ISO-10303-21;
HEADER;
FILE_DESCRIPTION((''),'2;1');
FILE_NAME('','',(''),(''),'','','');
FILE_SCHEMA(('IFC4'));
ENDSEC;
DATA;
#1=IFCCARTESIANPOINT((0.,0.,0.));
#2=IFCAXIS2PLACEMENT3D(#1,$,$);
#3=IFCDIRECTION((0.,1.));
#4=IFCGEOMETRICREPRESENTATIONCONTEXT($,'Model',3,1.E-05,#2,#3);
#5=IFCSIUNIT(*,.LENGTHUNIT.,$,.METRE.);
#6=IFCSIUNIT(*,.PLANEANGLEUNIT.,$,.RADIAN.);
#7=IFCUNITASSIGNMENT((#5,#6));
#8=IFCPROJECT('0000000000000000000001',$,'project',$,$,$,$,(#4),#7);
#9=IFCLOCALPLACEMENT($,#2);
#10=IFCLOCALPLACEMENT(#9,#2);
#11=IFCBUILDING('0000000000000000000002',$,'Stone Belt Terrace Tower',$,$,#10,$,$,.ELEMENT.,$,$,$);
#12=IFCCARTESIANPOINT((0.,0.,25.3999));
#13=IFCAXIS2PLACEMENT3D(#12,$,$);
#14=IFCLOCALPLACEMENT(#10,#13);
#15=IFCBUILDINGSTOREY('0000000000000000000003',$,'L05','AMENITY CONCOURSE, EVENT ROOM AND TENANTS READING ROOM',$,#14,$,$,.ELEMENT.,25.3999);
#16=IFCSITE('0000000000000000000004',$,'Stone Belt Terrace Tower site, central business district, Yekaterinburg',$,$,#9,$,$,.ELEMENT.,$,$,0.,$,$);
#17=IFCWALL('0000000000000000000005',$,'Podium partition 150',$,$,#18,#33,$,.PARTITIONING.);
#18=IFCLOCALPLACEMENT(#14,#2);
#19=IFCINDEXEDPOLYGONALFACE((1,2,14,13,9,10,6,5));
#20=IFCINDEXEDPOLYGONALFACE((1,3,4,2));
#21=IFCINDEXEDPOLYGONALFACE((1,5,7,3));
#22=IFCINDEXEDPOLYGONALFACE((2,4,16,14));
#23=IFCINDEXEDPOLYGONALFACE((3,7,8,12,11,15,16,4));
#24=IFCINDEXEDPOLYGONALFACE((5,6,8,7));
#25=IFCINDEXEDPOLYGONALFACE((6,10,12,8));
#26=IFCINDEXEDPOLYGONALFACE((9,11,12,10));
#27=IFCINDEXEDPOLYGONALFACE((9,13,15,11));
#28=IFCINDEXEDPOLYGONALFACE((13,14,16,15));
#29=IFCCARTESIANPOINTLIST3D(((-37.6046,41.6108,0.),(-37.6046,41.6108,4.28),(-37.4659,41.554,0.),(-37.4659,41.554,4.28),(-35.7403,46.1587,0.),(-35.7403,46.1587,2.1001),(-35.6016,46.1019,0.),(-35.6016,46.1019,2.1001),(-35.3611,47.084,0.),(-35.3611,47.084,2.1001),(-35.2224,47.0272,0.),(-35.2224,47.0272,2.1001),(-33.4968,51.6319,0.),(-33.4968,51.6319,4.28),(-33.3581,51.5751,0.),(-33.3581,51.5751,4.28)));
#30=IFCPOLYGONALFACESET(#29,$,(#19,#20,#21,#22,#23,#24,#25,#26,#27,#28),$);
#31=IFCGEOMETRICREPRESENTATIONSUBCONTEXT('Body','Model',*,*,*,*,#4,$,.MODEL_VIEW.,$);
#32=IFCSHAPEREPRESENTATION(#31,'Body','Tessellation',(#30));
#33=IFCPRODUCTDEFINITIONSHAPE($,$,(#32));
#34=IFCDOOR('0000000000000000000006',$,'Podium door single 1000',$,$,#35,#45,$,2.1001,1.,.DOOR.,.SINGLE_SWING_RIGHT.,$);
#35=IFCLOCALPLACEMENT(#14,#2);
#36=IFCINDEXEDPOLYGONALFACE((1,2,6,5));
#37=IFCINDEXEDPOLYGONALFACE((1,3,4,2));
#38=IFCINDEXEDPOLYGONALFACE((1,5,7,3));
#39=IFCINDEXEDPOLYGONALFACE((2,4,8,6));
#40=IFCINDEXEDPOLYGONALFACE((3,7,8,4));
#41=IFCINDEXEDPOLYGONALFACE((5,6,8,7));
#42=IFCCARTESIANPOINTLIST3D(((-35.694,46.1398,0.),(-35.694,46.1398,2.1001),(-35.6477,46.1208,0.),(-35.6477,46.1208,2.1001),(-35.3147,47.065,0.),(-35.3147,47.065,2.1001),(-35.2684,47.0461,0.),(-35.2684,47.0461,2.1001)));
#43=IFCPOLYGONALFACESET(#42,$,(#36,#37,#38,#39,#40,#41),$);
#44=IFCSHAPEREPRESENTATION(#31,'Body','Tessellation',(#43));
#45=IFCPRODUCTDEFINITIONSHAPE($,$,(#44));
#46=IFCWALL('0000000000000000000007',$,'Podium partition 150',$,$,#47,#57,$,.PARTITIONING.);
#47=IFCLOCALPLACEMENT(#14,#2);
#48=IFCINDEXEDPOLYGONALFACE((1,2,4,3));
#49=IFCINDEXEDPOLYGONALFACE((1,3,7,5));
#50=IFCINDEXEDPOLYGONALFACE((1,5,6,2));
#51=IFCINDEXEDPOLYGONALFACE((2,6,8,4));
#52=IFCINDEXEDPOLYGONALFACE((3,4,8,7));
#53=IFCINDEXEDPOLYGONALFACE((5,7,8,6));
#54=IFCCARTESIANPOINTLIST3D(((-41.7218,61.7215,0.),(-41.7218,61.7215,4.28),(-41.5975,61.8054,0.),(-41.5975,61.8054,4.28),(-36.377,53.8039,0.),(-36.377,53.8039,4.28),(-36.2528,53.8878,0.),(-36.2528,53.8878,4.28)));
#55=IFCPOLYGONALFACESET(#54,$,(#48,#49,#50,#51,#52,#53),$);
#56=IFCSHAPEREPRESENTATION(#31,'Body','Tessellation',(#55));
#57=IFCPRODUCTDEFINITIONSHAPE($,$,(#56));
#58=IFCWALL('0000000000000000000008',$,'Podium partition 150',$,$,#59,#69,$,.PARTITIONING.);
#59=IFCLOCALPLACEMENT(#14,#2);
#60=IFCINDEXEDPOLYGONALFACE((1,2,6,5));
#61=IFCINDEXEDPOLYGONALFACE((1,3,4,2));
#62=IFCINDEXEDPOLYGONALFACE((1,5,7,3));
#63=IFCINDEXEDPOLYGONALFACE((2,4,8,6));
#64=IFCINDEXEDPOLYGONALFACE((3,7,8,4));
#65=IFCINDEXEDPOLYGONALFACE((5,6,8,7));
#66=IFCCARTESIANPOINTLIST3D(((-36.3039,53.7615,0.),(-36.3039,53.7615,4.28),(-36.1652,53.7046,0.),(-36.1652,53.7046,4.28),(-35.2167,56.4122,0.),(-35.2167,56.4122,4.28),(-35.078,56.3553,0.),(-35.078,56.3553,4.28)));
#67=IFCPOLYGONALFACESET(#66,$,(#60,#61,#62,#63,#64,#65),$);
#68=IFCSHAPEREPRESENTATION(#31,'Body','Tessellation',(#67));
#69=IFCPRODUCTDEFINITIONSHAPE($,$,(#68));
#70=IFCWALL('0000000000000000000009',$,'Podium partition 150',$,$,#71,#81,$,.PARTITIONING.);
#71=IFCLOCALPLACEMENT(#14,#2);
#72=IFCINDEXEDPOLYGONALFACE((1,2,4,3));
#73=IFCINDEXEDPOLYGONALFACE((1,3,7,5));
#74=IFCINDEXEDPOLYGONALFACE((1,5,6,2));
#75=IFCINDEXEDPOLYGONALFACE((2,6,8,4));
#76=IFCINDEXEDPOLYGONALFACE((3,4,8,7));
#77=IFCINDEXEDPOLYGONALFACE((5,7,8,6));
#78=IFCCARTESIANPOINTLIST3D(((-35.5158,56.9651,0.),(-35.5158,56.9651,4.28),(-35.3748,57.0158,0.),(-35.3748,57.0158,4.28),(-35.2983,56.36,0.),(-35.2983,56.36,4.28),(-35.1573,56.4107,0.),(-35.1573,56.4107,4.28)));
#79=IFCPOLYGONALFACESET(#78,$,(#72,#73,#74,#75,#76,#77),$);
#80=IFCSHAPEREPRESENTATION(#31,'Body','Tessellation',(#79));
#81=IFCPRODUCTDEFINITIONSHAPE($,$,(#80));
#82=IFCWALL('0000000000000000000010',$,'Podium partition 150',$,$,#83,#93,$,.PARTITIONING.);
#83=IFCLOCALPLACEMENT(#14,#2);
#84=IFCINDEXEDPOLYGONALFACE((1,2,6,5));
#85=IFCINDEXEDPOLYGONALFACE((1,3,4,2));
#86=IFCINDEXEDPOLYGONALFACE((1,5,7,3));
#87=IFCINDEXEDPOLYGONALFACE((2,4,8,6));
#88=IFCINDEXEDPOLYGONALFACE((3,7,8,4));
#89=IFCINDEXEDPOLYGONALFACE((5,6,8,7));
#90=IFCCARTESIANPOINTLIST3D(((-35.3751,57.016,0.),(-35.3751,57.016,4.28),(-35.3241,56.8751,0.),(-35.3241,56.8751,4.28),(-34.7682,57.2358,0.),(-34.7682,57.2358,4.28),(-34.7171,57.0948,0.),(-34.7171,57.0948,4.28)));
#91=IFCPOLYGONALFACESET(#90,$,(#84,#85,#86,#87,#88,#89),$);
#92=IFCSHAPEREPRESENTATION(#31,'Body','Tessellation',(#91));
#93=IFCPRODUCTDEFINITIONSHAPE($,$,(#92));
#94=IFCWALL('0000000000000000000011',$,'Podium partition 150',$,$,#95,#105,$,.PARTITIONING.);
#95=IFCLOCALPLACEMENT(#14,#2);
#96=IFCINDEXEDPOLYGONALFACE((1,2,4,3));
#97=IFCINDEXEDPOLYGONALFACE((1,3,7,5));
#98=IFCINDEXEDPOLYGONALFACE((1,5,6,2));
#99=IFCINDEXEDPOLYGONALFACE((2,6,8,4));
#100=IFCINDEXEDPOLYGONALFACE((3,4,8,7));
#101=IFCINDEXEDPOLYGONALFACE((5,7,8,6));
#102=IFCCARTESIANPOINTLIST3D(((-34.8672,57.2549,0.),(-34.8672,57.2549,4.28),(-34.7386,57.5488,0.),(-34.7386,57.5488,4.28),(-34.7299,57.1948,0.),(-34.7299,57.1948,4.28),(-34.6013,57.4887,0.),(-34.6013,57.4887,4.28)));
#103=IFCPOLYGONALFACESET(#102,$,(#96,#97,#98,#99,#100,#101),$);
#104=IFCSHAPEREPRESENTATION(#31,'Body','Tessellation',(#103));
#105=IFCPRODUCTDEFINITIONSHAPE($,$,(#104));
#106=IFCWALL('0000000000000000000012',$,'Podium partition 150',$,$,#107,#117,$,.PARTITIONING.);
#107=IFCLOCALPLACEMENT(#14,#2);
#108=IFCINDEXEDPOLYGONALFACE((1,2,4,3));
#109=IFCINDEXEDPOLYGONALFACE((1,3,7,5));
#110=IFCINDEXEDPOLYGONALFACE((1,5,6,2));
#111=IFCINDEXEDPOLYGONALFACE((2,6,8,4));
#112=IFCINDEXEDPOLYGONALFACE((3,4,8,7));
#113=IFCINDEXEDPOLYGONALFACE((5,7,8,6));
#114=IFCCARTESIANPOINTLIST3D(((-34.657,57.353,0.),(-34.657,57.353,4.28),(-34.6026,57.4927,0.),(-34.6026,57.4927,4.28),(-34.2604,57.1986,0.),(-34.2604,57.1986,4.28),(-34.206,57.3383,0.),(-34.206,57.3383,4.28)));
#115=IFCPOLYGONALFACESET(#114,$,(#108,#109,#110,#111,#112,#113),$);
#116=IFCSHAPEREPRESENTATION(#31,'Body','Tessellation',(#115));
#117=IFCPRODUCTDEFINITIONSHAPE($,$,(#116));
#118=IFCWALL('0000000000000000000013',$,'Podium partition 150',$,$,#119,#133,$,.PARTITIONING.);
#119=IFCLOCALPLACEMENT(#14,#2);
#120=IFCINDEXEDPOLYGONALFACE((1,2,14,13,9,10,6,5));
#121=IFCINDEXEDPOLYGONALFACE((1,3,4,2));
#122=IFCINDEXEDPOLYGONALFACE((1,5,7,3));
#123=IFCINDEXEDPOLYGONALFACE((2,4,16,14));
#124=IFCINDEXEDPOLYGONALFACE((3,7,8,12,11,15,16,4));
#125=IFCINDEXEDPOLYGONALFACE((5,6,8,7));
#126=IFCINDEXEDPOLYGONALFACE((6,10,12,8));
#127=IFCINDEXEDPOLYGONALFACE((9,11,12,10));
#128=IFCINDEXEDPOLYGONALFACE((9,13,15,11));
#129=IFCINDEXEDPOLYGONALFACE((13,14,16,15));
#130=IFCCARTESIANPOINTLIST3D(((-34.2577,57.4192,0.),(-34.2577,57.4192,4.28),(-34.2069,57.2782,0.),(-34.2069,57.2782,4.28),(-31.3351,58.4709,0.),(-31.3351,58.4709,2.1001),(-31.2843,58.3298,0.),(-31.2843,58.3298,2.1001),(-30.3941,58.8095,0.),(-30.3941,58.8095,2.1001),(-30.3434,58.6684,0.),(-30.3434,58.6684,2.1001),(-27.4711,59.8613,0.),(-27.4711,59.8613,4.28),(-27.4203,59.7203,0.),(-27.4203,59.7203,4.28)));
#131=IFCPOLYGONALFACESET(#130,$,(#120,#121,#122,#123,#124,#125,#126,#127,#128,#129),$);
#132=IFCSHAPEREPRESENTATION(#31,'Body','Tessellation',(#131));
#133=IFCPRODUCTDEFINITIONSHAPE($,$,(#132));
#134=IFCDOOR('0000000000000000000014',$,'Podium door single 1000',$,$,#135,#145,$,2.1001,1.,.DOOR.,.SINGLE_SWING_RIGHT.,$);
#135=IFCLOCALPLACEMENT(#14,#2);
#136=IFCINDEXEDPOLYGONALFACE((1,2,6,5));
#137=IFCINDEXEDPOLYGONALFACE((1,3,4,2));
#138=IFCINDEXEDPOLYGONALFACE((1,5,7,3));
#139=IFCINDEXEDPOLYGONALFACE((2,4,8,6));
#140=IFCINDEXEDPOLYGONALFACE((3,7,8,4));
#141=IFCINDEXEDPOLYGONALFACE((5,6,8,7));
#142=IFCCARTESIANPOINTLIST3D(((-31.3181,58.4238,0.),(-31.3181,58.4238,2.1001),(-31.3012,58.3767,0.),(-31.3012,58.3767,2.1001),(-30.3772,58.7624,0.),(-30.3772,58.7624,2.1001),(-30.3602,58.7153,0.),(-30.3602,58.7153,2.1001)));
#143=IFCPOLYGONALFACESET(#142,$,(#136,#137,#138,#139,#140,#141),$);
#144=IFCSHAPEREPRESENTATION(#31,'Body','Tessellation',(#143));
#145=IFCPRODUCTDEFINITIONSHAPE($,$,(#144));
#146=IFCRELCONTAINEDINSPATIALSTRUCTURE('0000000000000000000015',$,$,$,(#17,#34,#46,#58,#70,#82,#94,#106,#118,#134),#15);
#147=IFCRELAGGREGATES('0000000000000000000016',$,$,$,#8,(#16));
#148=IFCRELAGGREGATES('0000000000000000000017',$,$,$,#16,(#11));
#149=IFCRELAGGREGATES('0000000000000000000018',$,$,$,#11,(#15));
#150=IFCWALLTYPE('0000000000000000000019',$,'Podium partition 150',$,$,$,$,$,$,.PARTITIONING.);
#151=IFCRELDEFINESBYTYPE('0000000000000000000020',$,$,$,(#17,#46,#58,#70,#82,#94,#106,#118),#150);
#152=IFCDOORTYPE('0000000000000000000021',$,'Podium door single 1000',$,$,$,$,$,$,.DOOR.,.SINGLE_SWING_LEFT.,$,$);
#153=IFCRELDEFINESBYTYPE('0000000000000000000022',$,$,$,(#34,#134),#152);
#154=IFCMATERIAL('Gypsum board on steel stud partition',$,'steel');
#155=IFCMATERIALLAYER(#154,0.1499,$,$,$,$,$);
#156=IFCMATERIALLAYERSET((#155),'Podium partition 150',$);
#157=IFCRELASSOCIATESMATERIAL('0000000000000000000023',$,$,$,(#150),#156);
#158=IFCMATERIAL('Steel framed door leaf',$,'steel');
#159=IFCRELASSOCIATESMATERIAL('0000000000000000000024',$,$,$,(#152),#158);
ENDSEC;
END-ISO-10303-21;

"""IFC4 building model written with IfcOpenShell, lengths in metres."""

from ifc_helpers import new_model, si_unit, direction, frame, frame_2d, origin, place, context, subcontext, project, spatial, rectangle, extrude, material, layer, layer_set, type_object, element, fill, save


model = new_model("IFC4")

# Units and contexts
model_context = context("Model", 3, precision=1e-05, world=origin(), true_north=direction((0.0, 1.0)))
body_context = subcontext(model_context, "Body", "Model", "MODEL_VIEW")
ifc_project = project(units=[si_unit("LENGTHUNIT", "METRE"), si_unit("PLANEANGLEUNIT", "RADIAN")], contexts=[model_context])

# Site, building, storey
site_placement = place(None, origin())
site = spatial("IfcSite", under=ifc_project, at=site_placement, Name="Stone Belt Terrace Tower site, central business district, Yekaterinburg", CompositionType="ELEMENT", RefElevation=0.0)
building_placement = place(site_placement, origin())
building = spatial("IfcBuilding", under=site, at=building_placement, Name="Stone Belt Terrace Tower", CompositionType="ELEMENT")
storey_placement = place(building_placement, frame((0.0, 0.0, 25.3999)))
storey = spatial("IfcBuildingStorey", under=building, at=storey_placement, Name="L05", Description="AMENITY CONCOURSE, EVENT ROOM AND TENANTS READING ROOM", CompositionType="ELEMENT", Elevation=25.3999)

# Wall, opening, door
ifc_material_1 = material(Name="Gypsum board on steel stud partition", Category="steel")
ifc_layer_1 = layer(ifc_material_1, 0.1499)
ifc_layer_set_1 = layer_set([ifc_layer_1], Name="Podium partition 150")
wall_type = type_object("IfcWallType", Name="Podium partition 150", PredefinedType="PARTITIONING", material=ifc_layer_set_1)
wall_1_placement = place(storey_placement, frame((-37.5352, 41.5825, 0.0), z_axis=(0.0, 0.0, 1.0), x_axis=(0.379279, 0.925282, 0.0)))
wall_1 = element("IfcWall", 1, at=wall_1_placement, inside=storey, type_object=wall_type, Name="Podium partition 150", PredefinedType="PARTITIONING", context=body_context, shape_type="SweptSolid", body=[
    extrude(rectangle(XDim=10.8303, YDim=0.1499, at=frame_2d((5.415, 0.0))), origin(), (0.0, 0.0, 1.0), 4.28),
])
opening_1_placement = place(wall_1_placement, frame((4.915, 0.0, 0.0)))
opening_1 = element("IfcOpeningElement", 2, at=opening_1_placement, cuts=wall_1, PredefinedType="OPENING", context=body_context, shape_type="SweptSolid", body=[
    extrude(rectangle(XDim=1.0, YDim=2.1001, at=frame_2d((0.5, 1.05))), frame((0.0, 0.085, 0.0), z_axis=(0.0, -1.0, 0.0), x_axis=(1.0, 0.0, 0.0)), (0.0, 0.0, 1.0), 0.1699),
])
ifc_material_2 = material(Name="Steel framed door leaf", Category="steel")
door_type = type_object("IfcDoorType", Name="Podium door single 1000", OperationType="SINGLE_SWING_LEFT", PredefinedType="DOOR", material=ifc_material_2)
door_1_placement = place(opening_1_placement, origin())
door_1 = element("IfcDoor", 3, at=door_1_placement, inside=storey, type_object=door_type, Name="Podium door single 1000", OperationType="SINGLE_SWING_RIGHT", OverallHeight=2.1001, OverallWidth=1.0, PredefinedType="DOOR", context=body_context, shape_type="SweptSolid", body=[
    extrude(rectangle(XDim=1.0, YDim=2.1001, at=frame_2d((0.5, 1.05))), frame((0.0, 0.0249, 0.0), z_axis=(0.0, -1.0, 0.0), x_axis=(1.0, 0.0, 0.0)), (0.0, 0.0, 1.0), 0.05),
])
fill(opening_1, door_1)

# Walls
wall_2_placement = place(storey_placement, frame((-41.6597, 61.7634, 0.0), z_axis=(0.0, 0.0, 1.0), x_axis=(0.559504, -0.828828, 0.0)))
element("IfcWall", 4, at=wall_2_placement, inside=storey, type_object=wall_type, Name="Podium partition 150", PredefinedType="PARTITIONING", context=body_context, shape_type="SweptSolid", body=[
    extrude(rectangle(XDim=9.5527, YDim=0.1499, at=frame_2d((4.7764, 0.0))), origin(), (0.0, 0.0, 1.0), 4.28),
])
wall_3_placement = place(storey_placement, frame((-36.2346, 53.7329, 0.0), z_axis=(0.0, 0.0, 1.0), x_axis=(0.379472, 0.925203, 0.0)))
element("IfcWall", 5, at=wall_3_placement, inside=storey, type_object=wall_type, Name="Podium partition 150", PredefinedType="PARTITIONING", context=body_context, shape_type="SweptSolid", body=[
    extrude(rectangle(XDim=2.865, YDim=0.1499, at=frame_2d((1.4326, 0.0))), origin(), (0.0, 0.0, 1.0), 4.28),
])
wall_4_placement = place(storey_placement, frame((-35.4453, 56.9905, 0.0), z_axis=(0.0, 0.0, 1.0), x_axis=(0.338235, -0.941062, 0.0)))
element("IfcWall", 6, at=wall_4_placement, inside=storey, type_object=wall_type, Name="Podium partition 150", PredefinedType="PARTITIONING", context=body_context, shape_type="SweptSolid", body=[
    extrude(rectangle(XDim=0.6431, YDim=0.1499, at=frame_2d((0.3215, 0.0))), origin(), (0.0, 0.0, 1.0), 4.28),
])
wall_5_placement = place(storey_placement, frame((-35.3496, 56.9456, 0.0), z_axis=(0.0, 0.0, 1.0), x_axis=(0.940278, 0.340406, 0.0)))
element("IfcWall", 7, at=wall_5_placement, inside=storey, type_object=wall_type, Name="Podium partition 150", PredefinedType="PARTITIONING", context=body_context, shape_type="SweptSolid", body=[
    extrude(rectangle(XDim=0.6455, YDim=0.1499, at=frame_2d((0.3228, 0.0))), origin(), (0.0, 0.0, 1.0), 4.28),
])
wall_6_placement = place(storey_placement, frame((-34.7986, 57.2249, 0.0), z_axis=(0.0, 0.0, 1.0), x_axis=(0.400978, 0.916087, 0.0)))
element("IfcWall", 8, at=wall_6_placement, inside=storey, type_object=wall_type, Name="Podium partition 150", PredefinedType="PARTITIONING", context=body_context, shape_type="SweptSolid", body=[
    extrude(rectangle(XDim=0.3208, YDim=0.1499, at=frame_2d((0.1604, 0.0))), origin(), (0.0, 0.0, 1.0), 4.28),
])
wall_7_placement = place(storey_placement, frame((-34.6299, 57.4229, 0.0), z_axis=(0.0, 0.0, 1.0), x_axis=(0.931918, -0.362668, 0.0)))
element("IfcWall", 9, at=wall_7_placement, inside=storey, type_object=wall_type, Name="Podium partition 150", PredefinedType="PARTITIONING", context=body_context, shape_type="SweptSolid", body=[
    extrude(rectangle(XDim=0.4255, YDim=0.1499, at=frame_2d((0.2129, 0.0))), origin(), (0.0, 0.0, 1.0), 4.28),
])

# Wall, opening, door
wall_8_placement = place(storey_placement, frame((-34.2324, 57.3486, 0.0), z_axis=(0.0, 0.0, 1.0), x_axis=(0.940934, 0.338591, 0.0)))
wall_8 = element("IfcWall", 10, at=wall_8_placement, inside=storey, type_object=wall_type, Name="Podium partition 150", PredefinedType="PARTITIONING", context=body_context, shape_type="SweptSolid", body=[
    extrude(rectangle(XDim=7.2126, YDim=0.1499, at=frame_2d((3.6064, 0.0))), origin(), (0.0, 0.0, 1.0), 4.28),
])
opening_2_placement = place(wall_8_placement, frame((3.1062, 0.0, 0.0)))
opening_2 = element("IfcOpeningElement", 11, at=opening_2_placement, cuts=wall_8, PredefinedType="OPENING", context=body_context, shape_type="SweptSolid", body=[
    extrude(rectangle(XDim=1.0, YDim=2.1001, at=frame_2d((0.5, 1.05))), frame((0.0, 0.085, 0.0), z_axis=(0.0, -1.0, 0.0), x_axis=(1.0, 0.0, 0.0)), (0.0, 0.0, 1.0), 0.1699),
])
door_2_placement = place(opening_2_placement, origin())
door_2 = element("IfcDoor", 12, at=door_2_placement, inside=storey, type_object=door_type, Name="Podium door single 1000", OperationType="SINGLE_SWING_RIGHT", OverallHeight=2.1001, OverallWidth=1.0, PredefinedType="DOOR", context=body_context, shape_type="SweptSolid", body=[
    extrude(rectangle(XDim=1.0, YDim=2.1001, at=frame_2d((0.5, 1.05))), frame((0.0, 0.0249, 0.0), z_axis=(0.0, -1.0, 0.0), x_axis=(1.0, 0.0, 0.0)), (0.0, 0.0, 1.0), 0.05),
])
fill(opening_2, door_2)

save(model, "model.ifc")
